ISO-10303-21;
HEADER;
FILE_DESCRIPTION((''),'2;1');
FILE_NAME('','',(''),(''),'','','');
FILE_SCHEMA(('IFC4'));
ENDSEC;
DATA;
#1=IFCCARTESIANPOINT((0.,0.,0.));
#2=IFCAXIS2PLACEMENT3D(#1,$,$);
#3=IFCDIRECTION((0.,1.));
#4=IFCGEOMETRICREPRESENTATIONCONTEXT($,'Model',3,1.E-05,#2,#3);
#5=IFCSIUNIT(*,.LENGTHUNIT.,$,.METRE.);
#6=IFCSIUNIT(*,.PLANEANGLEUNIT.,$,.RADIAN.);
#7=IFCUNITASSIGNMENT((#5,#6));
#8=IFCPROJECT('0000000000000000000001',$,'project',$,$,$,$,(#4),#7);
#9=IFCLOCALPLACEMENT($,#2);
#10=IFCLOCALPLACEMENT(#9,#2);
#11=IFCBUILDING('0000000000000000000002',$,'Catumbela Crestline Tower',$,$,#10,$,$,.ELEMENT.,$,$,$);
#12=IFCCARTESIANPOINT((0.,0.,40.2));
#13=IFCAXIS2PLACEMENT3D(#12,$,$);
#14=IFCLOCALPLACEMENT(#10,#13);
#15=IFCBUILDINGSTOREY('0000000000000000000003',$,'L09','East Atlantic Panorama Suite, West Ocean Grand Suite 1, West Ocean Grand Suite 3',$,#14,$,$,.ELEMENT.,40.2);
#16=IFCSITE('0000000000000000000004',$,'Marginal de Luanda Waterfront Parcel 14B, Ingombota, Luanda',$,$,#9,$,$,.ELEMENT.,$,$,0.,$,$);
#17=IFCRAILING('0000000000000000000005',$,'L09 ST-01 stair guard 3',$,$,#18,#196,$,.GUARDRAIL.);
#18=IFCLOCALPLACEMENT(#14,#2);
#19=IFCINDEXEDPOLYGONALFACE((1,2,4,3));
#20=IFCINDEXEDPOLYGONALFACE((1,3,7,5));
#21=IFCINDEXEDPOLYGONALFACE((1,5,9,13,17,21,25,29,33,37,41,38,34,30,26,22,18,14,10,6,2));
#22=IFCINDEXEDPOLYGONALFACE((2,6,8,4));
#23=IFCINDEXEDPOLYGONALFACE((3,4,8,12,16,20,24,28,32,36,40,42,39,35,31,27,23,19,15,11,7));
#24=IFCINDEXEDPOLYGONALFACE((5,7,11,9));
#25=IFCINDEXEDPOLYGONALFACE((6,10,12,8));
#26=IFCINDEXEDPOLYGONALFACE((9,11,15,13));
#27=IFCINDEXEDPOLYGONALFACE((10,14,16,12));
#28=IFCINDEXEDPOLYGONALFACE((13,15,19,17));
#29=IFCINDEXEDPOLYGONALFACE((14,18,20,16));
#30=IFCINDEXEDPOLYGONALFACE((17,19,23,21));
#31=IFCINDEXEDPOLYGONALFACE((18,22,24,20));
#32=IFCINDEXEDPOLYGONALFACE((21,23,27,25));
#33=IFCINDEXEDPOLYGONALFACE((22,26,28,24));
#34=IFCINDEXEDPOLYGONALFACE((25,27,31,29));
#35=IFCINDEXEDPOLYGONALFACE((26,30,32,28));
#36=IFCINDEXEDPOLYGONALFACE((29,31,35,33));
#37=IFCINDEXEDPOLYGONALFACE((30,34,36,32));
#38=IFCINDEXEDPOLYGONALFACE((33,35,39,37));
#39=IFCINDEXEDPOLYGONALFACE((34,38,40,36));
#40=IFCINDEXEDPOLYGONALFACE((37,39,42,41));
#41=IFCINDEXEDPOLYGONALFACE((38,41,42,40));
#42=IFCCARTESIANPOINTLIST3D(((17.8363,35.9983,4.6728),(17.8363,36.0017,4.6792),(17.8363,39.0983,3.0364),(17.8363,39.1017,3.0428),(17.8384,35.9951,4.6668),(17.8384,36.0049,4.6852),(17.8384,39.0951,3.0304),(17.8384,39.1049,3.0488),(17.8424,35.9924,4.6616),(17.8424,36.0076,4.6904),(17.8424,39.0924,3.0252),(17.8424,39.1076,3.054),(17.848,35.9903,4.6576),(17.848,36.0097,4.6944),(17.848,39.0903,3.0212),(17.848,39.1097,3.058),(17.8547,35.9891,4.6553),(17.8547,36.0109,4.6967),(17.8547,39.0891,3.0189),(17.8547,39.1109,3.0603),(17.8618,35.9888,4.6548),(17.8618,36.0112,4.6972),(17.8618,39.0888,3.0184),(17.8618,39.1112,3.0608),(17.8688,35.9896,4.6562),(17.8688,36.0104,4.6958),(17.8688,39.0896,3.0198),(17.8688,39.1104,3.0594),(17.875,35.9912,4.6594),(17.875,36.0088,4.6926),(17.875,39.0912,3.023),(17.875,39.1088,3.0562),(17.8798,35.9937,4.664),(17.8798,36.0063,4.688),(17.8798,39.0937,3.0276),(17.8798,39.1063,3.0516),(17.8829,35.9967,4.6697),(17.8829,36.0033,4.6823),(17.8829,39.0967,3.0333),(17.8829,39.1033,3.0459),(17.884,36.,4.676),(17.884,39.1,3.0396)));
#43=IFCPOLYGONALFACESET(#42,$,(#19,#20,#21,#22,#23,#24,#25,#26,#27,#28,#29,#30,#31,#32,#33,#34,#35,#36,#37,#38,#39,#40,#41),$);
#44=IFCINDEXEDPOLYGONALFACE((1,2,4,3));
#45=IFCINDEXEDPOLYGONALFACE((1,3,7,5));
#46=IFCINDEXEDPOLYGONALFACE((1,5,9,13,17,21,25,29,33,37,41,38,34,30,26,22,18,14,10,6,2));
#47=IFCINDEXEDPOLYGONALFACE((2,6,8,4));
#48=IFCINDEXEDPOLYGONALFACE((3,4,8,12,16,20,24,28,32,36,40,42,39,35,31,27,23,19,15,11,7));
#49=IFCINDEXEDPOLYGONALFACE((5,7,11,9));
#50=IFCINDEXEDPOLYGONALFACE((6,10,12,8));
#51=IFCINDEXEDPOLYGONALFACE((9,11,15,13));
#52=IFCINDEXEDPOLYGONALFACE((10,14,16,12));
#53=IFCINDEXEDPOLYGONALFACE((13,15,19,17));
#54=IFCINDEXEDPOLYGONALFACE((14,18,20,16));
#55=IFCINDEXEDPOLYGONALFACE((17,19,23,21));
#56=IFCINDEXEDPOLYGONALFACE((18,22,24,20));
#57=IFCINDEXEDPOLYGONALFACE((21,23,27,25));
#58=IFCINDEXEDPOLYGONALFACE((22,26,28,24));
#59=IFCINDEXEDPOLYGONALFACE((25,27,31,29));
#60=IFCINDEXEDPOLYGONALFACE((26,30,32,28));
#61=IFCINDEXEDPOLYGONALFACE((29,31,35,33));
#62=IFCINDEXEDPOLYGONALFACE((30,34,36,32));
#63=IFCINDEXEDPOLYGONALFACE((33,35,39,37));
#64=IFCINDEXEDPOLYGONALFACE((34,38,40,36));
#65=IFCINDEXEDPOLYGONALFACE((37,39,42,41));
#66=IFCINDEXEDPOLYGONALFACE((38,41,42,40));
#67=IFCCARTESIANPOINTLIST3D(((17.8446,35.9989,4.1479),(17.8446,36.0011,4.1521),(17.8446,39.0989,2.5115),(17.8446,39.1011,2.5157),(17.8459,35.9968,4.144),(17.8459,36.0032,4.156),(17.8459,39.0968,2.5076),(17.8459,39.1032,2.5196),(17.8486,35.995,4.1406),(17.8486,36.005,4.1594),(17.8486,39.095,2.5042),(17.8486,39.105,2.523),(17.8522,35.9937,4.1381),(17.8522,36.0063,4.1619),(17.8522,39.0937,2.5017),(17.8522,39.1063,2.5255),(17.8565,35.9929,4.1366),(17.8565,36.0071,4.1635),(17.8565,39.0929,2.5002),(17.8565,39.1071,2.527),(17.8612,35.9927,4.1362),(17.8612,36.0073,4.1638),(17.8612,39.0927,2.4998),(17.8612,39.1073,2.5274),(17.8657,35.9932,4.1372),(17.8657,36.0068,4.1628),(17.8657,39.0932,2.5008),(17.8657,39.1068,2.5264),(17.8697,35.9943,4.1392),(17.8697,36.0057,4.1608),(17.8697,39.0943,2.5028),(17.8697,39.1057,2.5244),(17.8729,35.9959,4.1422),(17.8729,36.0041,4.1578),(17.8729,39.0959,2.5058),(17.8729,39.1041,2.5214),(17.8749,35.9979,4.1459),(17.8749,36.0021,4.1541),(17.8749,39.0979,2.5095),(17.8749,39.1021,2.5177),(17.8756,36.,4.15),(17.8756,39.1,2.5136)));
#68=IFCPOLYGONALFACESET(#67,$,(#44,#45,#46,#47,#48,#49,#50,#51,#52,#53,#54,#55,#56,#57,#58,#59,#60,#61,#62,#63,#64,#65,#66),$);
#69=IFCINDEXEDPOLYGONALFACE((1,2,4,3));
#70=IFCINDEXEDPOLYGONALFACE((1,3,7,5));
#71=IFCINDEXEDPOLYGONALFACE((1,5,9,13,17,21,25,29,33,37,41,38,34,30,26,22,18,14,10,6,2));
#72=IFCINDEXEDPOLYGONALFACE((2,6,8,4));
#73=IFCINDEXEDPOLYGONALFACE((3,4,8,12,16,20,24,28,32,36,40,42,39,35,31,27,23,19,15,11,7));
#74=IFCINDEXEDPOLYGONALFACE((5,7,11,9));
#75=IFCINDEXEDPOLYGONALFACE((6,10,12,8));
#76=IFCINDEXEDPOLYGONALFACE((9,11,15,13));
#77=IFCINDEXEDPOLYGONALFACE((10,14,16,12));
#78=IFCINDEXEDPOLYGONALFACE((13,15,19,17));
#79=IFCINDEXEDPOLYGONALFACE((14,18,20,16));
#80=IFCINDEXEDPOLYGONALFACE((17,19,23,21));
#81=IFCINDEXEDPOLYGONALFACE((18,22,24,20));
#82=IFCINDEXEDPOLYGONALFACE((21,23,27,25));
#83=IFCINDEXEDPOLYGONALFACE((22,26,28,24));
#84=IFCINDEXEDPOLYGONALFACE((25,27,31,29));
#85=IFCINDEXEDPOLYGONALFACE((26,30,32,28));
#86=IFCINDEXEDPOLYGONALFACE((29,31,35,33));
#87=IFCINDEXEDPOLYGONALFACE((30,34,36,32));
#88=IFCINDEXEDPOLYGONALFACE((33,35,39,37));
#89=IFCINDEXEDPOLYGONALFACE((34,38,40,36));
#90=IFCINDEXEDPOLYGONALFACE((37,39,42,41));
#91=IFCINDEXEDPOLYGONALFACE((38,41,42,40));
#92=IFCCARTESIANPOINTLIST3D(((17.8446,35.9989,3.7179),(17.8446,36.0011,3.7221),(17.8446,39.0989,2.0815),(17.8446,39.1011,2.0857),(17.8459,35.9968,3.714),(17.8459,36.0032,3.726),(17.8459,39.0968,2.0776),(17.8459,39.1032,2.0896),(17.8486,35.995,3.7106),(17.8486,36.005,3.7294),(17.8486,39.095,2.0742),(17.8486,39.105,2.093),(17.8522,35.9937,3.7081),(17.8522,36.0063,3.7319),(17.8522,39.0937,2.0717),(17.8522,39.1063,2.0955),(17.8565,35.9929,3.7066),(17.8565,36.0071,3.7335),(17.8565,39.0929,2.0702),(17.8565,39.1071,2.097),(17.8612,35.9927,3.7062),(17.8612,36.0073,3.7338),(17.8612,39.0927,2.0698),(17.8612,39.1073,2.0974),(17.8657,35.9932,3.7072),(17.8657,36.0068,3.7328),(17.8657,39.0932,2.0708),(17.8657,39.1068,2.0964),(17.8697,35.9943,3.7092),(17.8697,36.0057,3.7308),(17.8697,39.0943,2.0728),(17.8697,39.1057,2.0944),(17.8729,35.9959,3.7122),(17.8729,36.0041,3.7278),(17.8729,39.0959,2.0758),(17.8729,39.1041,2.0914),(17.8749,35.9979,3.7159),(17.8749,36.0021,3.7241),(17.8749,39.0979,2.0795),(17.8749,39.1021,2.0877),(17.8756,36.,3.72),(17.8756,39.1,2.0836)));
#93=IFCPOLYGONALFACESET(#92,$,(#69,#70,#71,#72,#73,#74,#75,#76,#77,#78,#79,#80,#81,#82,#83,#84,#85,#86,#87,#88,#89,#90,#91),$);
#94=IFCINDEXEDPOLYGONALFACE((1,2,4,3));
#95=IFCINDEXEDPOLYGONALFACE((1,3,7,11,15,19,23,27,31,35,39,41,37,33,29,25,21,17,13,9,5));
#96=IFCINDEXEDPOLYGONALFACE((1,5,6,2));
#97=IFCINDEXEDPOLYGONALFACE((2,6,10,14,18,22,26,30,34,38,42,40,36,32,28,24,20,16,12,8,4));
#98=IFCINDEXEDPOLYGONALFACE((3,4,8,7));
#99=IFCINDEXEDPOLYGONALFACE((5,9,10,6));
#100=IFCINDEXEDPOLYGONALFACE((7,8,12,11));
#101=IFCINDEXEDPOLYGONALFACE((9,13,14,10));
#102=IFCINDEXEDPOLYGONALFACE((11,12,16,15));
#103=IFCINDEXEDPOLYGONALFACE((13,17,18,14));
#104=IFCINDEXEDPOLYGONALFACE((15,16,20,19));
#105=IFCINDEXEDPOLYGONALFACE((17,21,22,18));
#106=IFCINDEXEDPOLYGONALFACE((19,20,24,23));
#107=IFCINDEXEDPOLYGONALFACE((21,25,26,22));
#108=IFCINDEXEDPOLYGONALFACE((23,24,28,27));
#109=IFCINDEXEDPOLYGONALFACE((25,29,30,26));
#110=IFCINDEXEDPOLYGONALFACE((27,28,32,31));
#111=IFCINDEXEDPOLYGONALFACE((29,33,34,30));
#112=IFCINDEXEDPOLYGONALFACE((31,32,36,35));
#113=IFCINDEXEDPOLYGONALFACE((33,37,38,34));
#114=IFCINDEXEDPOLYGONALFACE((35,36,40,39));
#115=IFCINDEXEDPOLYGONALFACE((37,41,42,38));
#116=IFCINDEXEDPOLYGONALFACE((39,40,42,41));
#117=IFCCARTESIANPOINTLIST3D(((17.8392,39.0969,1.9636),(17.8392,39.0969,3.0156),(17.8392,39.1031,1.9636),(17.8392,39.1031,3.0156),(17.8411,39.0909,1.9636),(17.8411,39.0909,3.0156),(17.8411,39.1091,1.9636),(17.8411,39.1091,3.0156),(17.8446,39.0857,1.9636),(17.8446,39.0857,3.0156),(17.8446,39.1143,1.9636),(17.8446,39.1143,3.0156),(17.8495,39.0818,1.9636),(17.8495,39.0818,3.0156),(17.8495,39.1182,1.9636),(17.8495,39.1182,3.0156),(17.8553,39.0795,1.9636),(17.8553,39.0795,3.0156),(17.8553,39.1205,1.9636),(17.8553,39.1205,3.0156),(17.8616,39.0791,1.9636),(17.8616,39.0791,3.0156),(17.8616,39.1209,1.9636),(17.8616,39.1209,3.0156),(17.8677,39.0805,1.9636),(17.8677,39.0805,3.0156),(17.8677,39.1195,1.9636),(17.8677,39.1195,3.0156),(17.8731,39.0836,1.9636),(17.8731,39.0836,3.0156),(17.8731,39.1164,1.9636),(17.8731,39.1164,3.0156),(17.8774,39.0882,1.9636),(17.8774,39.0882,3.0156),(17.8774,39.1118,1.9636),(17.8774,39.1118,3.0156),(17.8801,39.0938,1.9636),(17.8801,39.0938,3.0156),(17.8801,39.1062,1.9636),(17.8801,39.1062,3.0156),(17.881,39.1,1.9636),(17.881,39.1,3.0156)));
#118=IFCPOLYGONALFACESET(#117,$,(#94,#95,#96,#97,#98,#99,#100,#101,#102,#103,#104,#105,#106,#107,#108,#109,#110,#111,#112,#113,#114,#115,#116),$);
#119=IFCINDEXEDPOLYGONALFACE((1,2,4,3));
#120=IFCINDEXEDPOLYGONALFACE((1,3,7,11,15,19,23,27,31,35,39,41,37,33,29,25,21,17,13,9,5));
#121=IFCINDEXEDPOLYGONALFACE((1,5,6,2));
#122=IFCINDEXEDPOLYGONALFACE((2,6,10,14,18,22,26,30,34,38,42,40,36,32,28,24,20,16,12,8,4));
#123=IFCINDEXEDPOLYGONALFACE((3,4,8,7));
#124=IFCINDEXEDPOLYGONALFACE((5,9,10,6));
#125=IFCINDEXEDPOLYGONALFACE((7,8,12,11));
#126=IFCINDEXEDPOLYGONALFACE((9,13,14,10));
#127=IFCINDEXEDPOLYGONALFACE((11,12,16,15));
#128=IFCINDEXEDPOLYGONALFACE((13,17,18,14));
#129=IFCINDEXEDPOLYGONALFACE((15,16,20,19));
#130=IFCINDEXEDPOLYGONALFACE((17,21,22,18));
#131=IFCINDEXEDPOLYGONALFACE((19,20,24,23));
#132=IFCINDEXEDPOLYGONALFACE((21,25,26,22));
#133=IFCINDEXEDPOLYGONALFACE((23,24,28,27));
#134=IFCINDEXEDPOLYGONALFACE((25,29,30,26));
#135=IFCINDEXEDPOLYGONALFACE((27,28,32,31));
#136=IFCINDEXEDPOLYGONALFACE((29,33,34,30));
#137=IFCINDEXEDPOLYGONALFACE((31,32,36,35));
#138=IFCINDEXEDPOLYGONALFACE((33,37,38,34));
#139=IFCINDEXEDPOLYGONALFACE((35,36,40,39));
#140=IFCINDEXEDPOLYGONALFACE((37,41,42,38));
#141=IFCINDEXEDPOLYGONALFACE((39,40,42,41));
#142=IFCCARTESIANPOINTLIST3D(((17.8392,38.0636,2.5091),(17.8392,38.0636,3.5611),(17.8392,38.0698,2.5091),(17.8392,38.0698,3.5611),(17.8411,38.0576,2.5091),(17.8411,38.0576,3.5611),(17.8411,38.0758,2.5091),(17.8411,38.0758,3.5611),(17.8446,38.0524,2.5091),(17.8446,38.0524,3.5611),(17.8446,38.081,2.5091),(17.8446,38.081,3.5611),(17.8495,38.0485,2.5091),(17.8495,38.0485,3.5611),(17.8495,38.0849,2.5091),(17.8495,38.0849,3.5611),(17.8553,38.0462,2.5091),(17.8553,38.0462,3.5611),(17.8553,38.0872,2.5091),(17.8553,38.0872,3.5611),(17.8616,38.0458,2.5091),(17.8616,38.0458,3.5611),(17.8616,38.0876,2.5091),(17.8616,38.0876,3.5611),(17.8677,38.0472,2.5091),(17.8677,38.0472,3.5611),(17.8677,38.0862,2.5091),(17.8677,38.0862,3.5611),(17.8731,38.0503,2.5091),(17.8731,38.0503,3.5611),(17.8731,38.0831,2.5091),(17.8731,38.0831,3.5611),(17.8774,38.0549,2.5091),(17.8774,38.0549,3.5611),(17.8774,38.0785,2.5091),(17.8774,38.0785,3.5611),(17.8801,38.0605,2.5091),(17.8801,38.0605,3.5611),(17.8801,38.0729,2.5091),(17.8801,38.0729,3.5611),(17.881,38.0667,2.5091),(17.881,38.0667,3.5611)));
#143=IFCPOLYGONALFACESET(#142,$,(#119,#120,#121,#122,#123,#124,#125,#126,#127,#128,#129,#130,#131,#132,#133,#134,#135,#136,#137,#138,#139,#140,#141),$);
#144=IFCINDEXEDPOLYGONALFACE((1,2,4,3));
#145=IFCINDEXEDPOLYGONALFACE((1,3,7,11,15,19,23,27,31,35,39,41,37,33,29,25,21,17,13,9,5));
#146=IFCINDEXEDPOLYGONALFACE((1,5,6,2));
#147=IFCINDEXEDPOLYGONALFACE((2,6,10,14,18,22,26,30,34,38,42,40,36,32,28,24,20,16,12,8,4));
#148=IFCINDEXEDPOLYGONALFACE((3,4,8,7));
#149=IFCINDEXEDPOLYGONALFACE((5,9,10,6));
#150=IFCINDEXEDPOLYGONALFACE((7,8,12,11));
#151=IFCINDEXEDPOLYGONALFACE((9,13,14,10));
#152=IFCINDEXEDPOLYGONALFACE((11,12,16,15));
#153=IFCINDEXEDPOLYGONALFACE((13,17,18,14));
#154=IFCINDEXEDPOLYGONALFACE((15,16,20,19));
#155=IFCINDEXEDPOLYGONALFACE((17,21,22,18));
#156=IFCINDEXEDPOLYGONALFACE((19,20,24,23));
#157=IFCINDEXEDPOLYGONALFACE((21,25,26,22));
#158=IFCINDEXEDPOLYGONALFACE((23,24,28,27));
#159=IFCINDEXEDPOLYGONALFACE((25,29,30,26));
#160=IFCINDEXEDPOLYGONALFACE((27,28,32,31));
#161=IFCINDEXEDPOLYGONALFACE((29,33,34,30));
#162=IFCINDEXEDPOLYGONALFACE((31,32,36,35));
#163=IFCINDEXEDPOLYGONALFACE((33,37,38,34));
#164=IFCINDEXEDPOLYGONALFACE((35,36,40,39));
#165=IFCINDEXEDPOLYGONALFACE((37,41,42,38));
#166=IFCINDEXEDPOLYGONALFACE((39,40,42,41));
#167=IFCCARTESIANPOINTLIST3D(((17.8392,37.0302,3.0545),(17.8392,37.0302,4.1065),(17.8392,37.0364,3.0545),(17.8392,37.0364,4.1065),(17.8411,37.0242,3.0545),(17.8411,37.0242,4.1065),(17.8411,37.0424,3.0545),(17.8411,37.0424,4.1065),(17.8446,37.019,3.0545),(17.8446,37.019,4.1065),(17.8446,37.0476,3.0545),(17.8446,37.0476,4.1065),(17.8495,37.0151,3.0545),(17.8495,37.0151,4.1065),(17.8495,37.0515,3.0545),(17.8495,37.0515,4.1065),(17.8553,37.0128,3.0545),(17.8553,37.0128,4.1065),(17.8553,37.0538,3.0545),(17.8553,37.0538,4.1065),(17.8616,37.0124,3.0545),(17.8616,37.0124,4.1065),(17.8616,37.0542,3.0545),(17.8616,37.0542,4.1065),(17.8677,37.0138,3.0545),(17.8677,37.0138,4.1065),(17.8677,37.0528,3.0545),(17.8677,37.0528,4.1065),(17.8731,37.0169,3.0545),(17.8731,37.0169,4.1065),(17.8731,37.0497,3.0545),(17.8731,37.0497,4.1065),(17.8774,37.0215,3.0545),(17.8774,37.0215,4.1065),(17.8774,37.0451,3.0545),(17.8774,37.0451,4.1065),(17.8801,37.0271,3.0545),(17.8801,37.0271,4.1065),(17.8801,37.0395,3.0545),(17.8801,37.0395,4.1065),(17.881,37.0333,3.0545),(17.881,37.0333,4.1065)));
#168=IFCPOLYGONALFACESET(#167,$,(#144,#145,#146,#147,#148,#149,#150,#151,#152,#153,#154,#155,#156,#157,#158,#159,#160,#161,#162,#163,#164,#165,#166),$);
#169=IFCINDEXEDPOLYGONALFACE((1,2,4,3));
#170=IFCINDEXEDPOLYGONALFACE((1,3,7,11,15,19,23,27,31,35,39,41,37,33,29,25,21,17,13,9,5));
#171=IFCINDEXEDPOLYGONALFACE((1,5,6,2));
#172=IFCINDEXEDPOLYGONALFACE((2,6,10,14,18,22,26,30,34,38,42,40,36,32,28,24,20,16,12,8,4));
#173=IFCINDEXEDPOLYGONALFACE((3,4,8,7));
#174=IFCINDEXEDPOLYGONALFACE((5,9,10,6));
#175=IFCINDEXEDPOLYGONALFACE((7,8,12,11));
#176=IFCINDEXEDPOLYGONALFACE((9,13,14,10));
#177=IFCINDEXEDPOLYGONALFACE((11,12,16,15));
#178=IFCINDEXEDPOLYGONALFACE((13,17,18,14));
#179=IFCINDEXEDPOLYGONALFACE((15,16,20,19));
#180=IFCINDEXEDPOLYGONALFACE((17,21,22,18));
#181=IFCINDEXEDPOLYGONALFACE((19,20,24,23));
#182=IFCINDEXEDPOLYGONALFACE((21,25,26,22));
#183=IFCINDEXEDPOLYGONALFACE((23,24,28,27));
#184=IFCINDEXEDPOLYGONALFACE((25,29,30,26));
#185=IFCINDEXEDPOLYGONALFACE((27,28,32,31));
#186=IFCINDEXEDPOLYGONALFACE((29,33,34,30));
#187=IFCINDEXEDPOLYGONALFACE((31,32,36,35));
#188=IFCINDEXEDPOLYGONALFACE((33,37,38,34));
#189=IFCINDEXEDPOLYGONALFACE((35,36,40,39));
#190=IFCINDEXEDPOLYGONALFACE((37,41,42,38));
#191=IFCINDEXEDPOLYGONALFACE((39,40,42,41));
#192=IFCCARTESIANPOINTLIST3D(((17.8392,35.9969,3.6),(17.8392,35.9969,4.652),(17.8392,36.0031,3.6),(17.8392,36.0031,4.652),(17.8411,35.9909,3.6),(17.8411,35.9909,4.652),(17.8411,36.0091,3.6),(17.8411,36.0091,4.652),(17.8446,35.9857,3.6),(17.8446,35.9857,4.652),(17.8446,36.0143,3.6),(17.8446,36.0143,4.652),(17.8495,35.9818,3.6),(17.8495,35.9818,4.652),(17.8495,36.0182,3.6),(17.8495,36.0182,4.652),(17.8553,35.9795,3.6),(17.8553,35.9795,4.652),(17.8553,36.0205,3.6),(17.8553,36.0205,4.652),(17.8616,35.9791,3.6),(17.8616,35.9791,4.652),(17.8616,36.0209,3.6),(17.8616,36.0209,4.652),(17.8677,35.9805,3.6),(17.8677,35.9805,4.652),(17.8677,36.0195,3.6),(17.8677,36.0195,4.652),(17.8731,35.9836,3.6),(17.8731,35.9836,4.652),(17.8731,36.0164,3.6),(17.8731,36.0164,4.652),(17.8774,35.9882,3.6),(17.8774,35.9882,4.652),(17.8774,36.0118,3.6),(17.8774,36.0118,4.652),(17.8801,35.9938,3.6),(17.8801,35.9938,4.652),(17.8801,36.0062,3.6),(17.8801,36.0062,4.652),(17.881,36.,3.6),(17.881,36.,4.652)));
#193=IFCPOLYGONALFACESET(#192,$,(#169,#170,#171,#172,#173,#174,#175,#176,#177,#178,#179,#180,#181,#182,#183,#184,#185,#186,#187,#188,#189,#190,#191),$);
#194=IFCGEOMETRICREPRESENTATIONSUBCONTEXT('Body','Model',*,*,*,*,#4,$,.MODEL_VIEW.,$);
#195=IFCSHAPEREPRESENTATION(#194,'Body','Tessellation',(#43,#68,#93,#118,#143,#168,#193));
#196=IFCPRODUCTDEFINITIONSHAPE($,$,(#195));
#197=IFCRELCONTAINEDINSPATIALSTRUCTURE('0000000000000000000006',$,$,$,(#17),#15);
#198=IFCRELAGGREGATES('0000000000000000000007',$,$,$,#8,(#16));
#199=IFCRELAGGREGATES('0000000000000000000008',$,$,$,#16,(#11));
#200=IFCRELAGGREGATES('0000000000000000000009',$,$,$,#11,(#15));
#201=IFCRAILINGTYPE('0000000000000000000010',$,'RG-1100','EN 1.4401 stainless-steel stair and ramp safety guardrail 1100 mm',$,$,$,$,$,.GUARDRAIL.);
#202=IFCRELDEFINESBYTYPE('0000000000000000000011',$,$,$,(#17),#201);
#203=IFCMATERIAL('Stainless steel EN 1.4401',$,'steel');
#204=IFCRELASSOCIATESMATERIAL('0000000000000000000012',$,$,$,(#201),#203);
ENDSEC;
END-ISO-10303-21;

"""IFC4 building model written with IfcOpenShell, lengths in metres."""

from ifc_helpers import new_model, si_unit, direction, frame, origin, origin_2d, place, context, subcontext, project, spatial, circle, extrude, material, type_object, element, save


model = new_model("IFC4")

# Units and contexts
model_context = context("Model", 3, precision=1e-05, world=origin(), true_north=direction((0.0, 1.0)))
body_context = subcontext(model_context, "Body", "Model", "MODEL_VIEW")
ifc_project = project(units=[si_unit("LENGTHUNIT", "METRE"), si_unit("PLANEANGLEUNIT", "RADIAN")], contexts=[model_context])

# Site, building, storey
site_placement = place(None, origin())
site = spatial("IfcSite", under=ifc_project, at=site_placement, Name="Marginal de Luanda Waterfront Parcel 14B, Ingombota, Luanda", CompositionType="ELEMENT", RefElevation=0.0)
building_placement = place(site_placement, origin())
building = spatial("IfcBuilding", under=site, at=building_placement, Name="Catumbela Crestline Tower", CompositionType="ELEMENT")
storey_placement = place(building_placement, frame((0.0, 0.0, 40.2)))
storey = spatial("IfcBuildingStorey", under=building, at=storey_placement, Name="L09", Description="East Atlantic Panorama Suite, West Ocean Grand Suite 1, West Ocean Grand Suite 3", CompositionType="ELEMENT", Elevation=40.2)

# Shared definitions
ifc_material_1 = material(Name="Stainless steel EN 1.4401", Category="steel")

# Railing
railing_type_1 = type_object("IfcRailingType", Name="RG-1100", Description="EN 1.4401 stainless-steel stair and ramp safety guardrail 1100 mm", PredefinedType="GUARDRAIL", material=ifc_material_1)
railing_1_placement = place(storey_placement, frame((17.86, 39.1, 1.9636)))
element("IfcRailing", 1, at=railing_1_placement, inside=storey, type_object=railing_type_1, Name="L09 ST-01 stair guard 3", PredefinedType="GUARDRAIL", context=body_context, shape_type="SweptSolid", body=[
    extrude(circle(Radius=0.024, at=origin_2d()), frame((0.0, 0.0, 1.076), z_axis=(0.0, -0.884351, 0.466823), x_axis=(1.0, 0.0, 0.0)), (0.0, 0.0, 1.0), 3.5054),
    extrude(circle(Radius=0.0156, at=origin_2d()), frame((0.0, 0.0, 0.55), z_axis=(0.0, -0.884351, 0.466823), x_axis=(1.0, 0.0, 0.0)), (0.0, 0.0, 1.0), 3.5054),
    extrude(circle(Radius=0.0156, at=origin_2d()), frame((0.0, 0.0, 0.12), z_axis=(0.0, -0.884351, 0.466823), x_axis=(1.0, 0.0, 0.0)), (0.0, 0.0, 1.0), 3.5054),
    extrude(circle(Radius=0.021, at=origin_2d()), origin(), (0.0, 0.0, 1.0), 1.052),
    extrude(circle(Radius=0.021, at=origin_2d()), frame((0.0, -1.0333, 0.5455)), (0.0, 0.0, 1.0), 1.052),
    extrude(circle(Radius=0.021, at=origin_2d()), frame((0.0, -2.0667, 1.0909)), (0.0, 0.0, 1.0), 1.052),
    extrude(circle(Radius=0.021, at=origin_2d()), frame((0.0, -3.1, 1.6364)), (0.0, 0.0, 1.0), 1.052),
])

save(model, "model.ifc")
